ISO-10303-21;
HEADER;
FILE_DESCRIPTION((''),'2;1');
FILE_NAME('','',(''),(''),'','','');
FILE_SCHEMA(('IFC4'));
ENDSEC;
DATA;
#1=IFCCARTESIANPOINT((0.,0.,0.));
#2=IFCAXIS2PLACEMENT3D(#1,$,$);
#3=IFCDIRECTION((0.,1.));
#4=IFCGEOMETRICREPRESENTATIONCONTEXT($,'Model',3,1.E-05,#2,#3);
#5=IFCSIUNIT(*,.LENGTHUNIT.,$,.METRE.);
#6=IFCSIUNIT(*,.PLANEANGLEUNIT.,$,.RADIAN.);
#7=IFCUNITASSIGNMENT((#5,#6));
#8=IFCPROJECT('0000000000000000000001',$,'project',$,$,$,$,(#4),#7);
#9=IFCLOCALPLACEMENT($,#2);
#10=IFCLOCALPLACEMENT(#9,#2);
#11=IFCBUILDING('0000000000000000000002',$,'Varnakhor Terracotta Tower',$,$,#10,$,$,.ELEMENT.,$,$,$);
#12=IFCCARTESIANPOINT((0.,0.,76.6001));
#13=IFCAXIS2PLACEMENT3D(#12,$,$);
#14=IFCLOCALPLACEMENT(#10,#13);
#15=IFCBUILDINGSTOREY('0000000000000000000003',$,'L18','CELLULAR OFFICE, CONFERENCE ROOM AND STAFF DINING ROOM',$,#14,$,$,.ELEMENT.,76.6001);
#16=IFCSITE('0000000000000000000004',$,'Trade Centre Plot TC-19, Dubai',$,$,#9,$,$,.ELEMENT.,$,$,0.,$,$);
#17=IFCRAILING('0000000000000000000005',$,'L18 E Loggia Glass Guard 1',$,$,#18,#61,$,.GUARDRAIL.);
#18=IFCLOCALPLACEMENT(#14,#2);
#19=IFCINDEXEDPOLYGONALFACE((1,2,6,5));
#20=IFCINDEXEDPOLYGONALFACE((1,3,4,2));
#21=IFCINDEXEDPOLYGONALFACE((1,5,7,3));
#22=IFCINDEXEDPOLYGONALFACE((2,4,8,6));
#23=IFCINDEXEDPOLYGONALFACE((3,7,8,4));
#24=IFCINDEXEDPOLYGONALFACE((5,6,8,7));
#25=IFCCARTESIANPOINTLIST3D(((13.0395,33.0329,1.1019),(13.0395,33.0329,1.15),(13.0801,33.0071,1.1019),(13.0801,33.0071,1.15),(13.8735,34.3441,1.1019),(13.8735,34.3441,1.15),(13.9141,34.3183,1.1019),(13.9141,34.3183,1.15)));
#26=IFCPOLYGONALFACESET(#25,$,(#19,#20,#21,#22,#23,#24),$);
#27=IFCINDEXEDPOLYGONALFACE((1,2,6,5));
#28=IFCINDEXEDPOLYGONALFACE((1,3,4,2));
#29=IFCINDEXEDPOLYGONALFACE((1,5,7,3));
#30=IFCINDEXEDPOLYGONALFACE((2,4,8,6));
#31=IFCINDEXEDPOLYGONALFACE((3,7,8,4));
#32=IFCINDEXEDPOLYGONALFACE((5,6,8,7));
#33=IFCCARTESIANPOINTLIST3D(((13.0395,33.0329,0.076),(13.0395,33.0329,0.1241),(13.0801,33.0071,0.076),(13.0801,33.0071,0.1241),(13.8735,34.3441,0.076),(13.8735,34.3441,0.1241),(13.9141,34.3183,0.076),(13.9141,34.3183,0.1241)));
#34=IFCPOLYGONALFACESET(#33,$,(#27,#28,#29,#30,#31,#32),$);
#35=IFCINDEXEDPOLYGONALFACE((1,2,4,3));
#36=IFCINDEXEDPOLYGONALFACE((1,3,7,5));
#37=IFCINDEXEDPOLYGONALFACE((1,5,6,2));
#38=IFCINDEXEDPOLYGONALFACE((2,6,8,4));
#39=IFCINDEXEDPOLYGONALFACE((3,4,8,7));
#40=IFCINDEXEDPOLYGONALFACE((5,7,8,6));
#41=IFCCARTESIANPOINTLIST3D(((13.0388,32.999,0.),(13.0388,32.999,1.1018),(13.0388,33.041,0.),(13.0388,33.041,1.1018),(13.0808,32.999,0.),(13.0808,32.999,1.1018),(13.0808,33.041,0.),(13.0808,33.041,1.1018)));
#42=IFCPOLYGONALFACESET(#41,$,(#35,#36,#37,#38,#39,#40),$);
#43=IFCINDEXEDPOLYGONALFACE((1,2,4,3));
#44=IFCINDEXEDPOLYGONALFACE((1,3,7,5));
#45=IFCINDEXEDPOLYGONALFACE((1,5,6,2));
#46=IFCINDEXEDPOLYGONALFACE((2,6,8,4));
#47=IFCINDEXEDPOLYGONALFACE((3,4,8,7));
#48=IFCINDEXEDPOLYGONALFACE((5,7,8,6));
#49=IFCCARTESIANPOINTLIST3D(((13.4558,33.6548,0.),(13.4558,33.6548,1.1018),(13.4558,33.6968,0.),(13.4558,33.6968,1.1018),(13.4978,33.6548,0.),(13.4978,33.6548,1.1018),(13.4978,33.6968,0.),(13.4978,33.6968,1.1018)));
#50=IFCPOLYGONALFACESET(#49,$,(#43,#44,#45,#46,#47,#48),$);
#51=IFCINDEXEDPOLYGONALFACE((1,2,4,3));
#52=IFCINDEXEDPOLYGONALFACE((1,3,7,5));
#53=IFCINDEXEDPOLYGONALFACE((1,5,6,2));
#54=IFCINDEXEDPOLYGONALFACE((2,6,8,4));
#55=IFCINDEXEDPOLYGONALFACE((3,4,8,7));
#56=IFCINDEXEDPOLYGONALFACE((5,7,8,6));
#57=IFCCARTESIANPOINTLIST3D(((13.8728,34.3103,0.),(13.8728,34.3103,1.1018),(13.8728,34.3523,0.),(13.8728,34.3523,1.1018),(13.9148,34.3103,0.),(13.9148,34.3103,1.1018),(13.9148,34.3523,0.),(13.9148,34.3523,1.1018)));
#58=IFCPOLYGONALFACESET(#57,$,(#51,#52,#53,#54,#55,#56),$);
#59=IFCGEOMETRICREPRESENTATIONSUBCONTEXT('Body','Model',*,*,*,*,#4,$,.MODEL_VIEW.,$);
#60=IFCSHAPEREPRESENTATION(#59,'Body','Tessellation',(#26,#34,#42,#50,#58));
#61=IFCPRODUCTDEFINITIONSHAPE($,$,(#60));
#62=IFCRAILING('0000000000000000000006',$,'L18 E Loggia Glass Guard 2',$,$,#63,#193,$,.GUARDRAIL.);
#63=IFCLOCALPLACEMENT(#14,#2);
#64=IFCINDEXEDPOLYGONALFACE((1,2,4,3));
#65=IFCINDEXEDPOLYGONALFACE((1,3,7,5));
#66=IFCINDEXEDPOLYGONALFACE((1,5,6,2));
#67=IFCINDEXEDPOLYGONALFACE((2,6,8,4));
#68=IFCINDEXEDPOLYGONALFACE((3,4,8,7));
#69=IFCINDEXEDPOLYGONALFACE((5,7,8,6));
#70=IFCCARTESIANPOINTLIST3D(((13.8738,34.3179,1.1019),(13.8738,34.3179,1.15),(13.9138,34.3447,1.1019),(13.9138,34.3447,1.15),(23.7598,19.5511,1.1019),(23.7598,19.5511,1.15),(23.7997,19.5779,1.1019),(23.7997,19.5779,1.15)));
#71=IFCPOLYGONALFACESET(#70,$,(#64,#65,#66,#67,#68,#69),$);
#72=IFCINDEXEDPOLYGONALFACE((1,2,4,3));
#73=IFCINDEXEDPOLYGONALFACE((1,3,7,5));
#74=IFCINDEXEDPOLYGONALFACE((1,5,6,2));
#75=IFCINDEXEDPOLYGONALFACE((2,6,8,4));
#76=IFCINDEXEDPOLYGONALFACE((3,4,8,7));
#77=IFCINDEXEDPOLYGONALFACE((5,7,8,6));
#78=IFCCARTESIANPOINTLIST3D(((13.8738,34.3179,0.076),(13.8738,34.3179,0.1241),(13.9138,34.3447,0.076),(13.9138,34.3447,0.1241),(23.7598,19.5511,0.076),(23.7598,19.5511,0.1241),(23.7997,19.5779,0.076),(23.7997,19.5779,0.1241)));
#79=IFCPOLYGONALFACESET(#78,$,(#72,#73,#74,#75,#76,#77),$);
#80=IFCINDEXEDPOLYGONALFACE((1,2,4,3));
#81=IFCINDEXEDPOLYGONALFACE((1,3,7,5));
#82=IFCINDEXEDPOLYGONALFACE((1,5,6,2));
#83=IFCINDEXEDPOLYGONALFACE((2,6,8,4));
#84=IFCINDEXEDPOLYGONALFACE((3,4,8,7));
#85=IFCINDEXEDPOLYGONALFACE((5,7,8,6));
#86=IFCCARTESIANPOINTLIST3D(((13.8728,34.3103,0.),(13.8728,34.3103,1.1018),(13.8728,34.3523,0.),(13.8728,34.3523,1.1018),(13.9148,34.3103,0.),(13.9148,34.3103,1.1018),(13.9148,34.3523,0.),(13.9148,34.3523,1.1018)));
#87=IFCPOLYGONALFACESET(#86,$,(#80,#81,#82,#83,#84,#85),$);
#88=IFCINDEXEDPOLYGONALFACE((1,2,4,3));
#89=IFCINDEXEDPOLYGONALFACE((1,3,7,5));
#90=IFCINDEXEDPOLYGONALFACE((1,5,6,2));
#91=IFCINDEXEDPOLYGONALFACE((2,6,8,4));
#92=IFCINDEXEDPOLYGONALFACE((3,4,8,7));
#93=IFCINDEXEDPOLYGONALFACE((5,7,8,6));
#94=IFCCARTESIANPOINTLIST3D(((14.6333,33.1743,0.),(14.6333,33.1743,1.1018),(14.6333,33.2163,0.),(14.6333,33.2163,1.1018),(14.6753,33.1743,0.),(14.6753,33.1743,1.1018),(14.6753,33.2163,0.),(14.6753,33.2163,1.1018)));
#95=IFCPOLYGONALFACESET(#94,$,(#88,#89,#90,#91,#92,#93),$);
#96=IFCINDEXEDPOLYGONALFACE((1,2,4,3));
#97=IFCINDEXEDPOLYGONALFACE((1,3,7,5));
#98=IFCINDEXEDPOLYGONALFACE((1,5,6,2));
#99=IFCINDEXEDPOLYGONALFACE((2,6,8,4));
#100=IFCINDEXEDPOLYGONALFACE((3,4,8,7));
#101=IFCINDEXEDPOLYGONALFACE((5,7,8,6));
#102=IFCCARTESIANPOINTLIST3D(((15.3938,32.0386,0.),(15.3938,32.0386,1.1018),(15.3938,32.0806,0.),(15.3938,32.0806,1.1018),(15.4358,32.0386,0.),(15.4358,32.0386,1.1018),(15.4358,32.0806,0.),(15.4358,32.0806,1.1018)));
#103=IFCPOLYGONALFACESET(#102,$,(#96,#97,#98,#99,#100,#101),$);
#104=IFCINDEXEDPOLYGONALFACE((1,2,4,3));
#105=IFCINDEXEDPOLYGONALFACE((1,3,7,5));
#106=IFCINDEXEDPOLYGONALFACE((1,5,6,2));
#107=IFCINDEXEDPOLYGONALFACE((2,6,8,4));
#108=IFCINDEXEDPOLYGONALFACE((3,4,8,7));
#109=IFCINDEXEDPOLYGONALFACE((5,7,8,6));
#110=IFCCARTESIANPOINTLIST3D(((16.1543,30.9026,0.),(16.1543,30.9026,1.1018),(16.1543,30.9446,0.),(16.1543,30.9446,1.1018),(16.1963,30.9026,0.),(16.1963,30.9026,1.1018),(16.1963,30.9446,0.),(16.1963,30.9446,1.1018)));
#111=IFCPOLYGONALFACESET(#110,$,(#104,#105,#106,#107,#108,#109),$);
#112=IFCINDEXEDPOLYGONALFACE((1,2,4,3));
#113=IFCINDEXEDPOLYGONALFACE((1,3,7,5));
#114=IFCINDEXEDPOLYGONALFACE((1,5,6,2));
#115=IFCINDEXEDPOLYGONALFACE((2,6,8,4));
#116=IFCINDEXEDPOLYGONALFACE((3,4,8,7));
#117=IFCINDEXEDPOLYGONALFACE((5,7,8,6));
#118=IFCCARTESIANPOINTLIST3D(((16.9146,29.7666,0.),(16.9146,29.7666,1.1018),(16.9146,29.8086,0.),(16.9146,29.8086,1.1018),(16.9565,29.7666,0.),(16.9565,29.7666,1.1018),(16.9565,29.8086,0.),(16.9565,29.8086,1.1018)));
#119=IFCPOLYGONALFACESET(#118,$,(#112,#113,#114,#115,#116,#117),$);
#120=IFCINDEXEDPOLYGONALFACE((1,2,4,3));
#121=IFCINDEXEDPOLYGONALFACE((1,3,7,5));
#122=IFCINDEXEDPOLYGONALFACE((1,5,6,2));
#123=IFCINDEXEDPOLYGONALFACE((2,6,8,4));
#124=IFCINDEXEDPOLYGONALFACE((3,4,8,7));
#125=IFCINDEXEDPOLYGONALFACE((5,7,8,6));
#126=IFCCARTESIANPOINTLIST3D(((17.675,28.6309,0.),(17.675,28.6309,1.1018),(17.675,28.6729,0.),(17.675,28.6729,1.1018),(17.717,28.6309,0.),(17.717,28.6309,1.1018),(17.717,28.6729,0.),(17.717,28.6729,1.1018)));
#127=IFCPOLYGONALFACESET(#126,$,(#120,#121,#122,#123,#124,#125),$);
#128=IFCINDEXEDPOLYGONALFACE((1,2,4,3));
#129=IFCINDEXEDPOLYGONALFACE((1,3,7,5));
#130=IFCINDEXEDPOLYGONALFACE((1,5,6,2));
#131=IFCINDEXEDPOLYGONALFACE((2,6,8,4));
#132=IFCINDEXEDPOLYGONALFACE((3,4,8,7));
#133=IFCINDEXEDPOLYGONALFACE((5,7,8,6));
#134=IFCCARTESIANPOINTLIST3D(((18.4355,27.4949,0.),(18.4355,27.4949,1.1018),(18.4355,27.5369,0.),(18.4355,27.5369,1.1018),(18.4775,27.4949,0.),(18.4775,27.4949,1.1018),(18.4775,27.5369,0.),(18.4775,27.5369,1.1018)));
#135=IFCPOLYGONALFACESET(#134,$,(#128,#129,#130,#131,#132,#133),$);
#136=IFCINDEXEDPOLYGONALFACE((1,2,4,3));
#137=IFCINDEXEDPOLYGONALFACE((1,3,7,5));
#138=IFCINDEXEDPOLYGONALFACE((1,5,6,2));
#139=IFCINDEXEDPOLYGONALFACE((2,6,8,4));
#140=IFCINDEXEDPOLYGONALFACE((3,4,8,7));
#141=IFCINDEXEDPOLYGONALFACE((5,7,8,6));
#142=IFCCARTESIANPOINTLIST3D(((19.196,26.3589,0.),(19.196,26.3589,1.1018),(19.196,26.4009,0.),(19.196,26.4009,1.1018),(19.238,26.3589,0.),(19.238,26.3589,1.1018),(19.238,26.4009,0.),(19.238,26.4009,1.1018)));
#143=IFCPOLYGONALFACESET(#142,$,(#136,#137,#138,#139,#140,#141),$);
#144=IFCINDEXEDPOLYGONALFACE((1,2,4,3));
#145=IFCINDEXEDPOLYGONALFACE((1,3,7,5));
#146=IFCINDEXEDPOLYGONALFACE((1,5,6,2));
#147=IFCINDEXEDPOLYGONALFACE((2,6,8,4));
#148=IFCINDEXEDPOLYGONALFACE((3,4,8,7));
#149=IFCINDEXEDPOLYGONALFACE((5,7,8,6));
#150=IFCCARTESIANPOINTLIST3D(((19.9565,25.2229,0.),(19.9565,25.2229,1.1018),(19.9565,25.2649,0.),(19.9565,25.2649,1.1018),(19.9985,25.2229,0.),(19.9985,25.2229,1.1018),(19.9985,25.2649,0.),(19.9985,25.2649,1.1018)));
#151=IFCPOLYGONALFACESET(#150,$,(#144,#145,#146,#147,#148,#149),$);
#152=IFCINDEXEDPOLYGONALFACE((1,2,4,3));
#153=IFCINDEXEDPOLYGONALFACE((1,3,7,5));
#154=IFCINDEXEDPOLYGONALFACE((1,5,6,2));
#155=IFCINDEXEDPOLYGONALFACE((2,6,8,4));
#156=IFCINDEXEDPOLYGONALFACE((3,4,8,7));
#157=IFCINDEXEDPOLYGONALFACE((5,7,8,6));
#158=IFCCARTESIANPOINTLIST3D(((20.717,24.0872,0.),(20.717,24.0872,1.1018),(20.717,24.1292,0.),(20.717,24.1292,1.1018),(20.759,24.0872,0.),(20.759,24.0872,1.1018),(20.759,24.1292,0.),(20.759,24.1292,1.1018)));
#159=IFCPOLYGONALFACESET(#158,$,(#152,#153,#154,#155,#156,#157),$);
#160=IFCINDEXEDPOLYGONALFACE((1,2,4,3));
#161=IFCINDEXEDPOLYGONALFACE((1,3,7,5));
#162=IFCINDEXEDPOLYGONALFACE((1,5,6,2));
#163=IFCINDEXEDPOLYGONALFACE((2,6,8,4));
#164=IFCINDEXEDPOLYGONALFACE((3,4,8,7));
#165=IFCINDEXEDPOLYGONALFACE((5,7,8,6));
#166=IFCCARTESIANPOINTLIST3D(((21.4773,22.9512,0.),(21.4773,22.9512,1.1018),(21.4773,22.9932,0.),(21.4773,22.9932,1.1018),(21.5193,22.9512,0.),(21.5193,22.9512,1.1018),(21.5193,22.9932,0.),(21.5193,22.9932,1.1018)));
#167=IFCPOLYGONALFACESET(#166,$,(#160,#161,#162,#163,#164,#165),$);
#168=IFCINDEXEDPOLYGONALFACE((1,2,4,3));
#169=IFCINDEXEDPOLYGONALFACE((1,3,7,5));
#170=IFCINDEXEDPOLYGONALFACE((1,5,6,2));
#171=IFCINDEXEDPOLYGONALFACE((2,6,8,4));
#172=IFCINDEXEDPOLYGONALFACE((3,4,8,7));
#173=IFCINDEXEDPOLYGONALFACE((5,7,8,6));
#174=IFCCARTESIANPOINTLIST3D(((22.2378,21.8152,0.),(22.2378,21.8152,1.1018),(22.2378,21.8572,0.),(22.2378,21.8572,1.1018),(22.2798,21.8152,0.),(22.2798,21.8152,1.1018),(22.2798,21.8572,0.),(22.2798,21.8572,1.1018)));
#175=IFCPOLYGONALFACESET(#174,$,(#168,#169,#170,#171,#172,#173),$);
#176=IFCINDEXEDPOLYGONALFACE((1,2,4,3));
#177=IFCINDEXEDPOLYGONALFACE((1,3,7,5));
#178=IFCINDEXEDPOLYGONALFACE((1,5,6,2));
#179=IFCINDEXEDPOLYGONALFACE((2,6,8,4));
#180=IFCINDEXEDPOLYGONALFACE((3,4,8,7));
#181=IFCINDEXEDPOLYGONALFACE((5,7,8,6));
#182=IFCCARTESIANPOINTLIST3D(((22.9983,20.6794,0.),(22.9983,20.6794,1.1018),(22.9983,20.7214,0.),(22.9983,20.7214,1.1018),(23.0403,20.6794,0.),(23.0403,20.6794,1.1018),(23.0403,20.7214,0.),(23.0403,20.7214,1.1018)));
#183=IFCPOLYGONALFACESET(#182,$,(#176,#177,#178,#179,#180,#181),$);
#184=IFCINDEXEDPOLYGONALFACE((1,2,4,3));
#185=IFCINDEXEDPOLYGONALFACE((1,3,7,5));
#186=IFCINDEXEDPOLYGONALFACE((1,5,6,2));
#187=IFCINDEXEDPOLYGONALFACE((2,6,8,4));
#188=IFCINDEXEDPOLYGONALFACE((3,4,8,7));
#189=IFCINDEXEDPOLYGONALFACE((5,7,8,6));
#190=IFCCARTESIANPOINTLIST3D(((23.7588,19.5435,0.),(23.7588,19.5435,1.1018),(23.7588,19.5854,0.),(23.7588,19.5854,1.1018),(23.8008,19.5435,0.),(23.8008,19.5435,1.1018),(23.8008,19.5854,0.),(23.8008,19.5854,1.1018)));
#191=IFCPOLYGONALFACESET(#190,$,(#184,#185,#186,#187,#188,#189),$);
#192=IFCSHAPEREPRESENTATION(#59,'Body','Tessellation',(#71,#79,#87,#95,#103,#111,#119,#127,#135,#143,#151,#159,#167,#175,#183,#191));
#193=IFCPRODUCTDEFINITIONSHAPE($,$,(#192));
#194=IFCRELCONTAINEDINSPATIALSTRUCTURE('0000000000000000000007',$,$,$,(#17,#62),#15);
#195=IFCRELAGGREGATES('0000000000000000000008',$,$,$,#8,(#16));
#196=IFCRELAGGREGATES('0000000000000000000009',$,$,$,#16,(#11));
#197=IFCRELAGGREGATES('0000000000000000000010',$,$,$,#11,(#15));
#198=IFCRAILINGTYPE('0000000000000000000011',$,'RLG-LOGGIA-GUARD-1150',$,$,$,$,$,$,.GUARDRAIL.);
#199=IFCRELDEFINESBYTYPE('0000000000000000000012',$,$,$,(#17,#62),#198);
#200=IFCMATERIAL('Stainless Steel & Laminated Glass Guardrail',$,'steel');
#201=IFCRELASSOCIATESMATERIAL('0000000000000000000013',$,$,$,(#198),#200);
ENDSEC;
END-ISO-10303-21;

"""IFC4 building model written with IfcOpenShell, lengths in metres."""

from ifc_helpers import new_model, si_unit, direction, frame, origin, origin_2d, place, context, subcontext, project, spatial, rectangle, extrude, material, type_object, element, save


model = new_model("IFC4")

# Units and contexts
model_context = context("Model", 3, precision=1e-05, world=origin(), true_north=direction((0.0, 1.0)))
body_context = subcontext(model_context, "Body", "Model", "MODEL_VIEW")
ifc_project = project(units=[si_unit("LENGTHUNIT", "METRE"), si_unit("PLANEANGLEUNIT", "RADIAN")], contexts=[model_context])

# Site, building, storey
site_placement = place(None, origin())
site = spatial("IfcSite", under=ifc_project, at=site_placement, Name="Trade Centre Plot TC-19, Dubai", CompositionType="ELEMENT", RefElevation=0.0)
building_placement = place(site_placement, origin())
building = spatial("IfcBuilding", under=site, at=building_placement, Name="Varnakhor Terracotta Tower", CompositionType="ELEMENT")
storey_placement = place(building_placement, frame((0.0, 0.0, 76.6001)))
storey = spatial("IfcBuildingStorey", under=building, at=storey_placement, Name="L18", Description="CELLULAR OFFICE, CONFERENCE ROOM AND STAFF DINING ROOM", CompositionType="ELEMENT", Elevation=76.6001)

# Railings
ifc_material_1 = material(Name="Stainless Steel & Laminated Glass Guardrail", Category="steel")
railing_type = type_object("IfcRailingType", Name="RLG-LOGGIA-GUARD-1150", PredefinedType="GUARDRAIL", material=ifc_material_1)
railing_1_placement = place(storey_placement, frame((13.0598, 33.02, 0.0)))
element("IfcRailing", 1, at=railing_1_placement, inside=storey, type_object=railing_type, Name="L18 E Loggia Glass Guard 1", PredefinedType="GUARDRAIL", context=body_context, shape_type="SweptSolid", body=[
    extrude(rectangle(XDim=0.0481, YDim=0.0481, at=origin_2d()), frame((0.0, 0.0, 1.126), z_axis=(0.536662, 0.843797, 0.0), x_axis=(-0.843797, 0.536662, 0.0)), (0.0, 0.0, 1.0), 1.554),
    extrude(rectangle(XDim=0.0481, YDim=0.0481, at=origin_2d()), frame((0.0, 0.0, 0.1001), z_axis=(0.536662, 0.843797, 0.0), x_axis=(-0.843797, 0.536662, 0.0)), (0.0, 0.0, 1.0), 1.554),
    extrude(rectangle(XDim=0.042, YDim=0.042, at=origin_2d()), origin(), (0.0, 0.0, 1.0), 1.1018),
    extrude(rectangle(XDim=0.042, YDim=0.042, at=origin_2d()), frame((0.417, 0.6558, 0.0)), (0.0, 0.0, 1.0), 1.1018),
    extrude(rectangle(XDim=0.042, YDim=0.042, at=origin_2d()), frame((0.834, 1.3113, 0.0)), (0.0, 0.0, 1.0), 1.1018),
])
railing_2_placement = place(storey_placement, frame((13.8938, 34.3313, 0.0)))
element("IfcRailing", 2, at=railing_2_placement, inside=storey, type_object=railing_type, Name="L18 E Loggia Glass Guard 2", PredefinedType="GUARDRAIL", context=body_context, shape_type="SweptSolid", body=[
    extrude(rectangle(XDim=0.0481, YDim=0.0481, at=origin_2d()), frame((0.0, 0.0, 1.126), z_axis=(0.556313, -0.830973, 0.0), x_axis=(0.830973, 0.556313, 0.0)), (0.0, 0.0, 1.0), 17.7705),
    extrude(rectangle(XDim=0.0481, YDim=0.0481, at=origin_2d()), frame((0.0, 0.0, 0.1001), z_axis=(0.556313, -0.830973, 0.0), x_axis=(0.830973, 0.556313, 0.0)), (0.0, 0.0, 1.0), 17.7705),
    extrude(rectangle(XDim=0.042, YDim=0.042, at=origin_2d()), origin(), (0.0, 0.0, 1.0), 1.1018),
    extrude(rectangle(XDim=0.042, YDim=0.042, at=origin_2d()), frame((0.7605, -1.136, 0.0)), (0.0, 0.0, 1.0), 1.1018),
    extrude(rectangle(XDim=0.042, YDim=0.042, at=origin_2d()), frame((1.521, -2.2717, 0.0)), (0.0, 0.0, 1.0), 1.1018),
    extrude(rectangle(XDim=0.042, YDim=0.042, at=origin_2d()), frame((2.2815, -3.4077, 0.0)), (0.0, 0.0, 1.0), 1.1018),
    extrude(rectangle(XDim=0.042, YDim=0.042, at=origin_2d()), frame((3.0417, -4.5437, 0.0)), (0.0, 0.0, 1.0), 1.1018),
    extrude(rectangle(XDim=0.042, YDim=0.042, at=origin_2d()), frame((3.8022, -5.6794, 0.0)), (0.0, 0.0, 1.0), 1.1018),
    extrude(rectangle(XDim=0.042, YDim=0.042, at=origin_2d()), frame((4.5627, -6.8154, 0.0)), (0.0, 0.0, 1.0), 1.1018),
    extrude(rectangle(XDim=0.042, YDim=0.042, at=origin_2d()), frame((5.3232, -7.9514, 0.0)), (0.0, 0.0, 1.0), 1.1018),
    extrude(rectangle(XDim=0.042, YDim=0.042, at=origin_2d()), frame((6.0837, -9.0874, 0.0)), (0.0, 0.0, 1.0), 1.1018),
    extrude(rectangle(XDim=0.042, YDim=0.042, at=origin_2d()), frame((6.8442, -10.2231, 0.0)), (0.0, 0.0, 1.0), 1.1018),
    extrude(rectangle(XDim=0.042, YDim=0.042, at=origin_2d()), frame((7.6045, -11.3591, 0.0)), (0.0, 0.0, 1.0), 1.1018),
    extrude(rectangle(XDim=0.042, YDim=0.042, at=origin_2d()), frame((8.365, -12.4951, 0.0)), (0.0, 0.0, 1.0), 1.1018),
    extrude(rectangle(XDim=0.042, YDim=0.042, at=origin_2d()), frame((9.1255, -13.6309, 0.0)), (0.0, 0.0, 1.0), 1.1018),
    extrude(rectangle(XDim=0.042, YDim=0.042, at=origin_2d()), frame((9.886, -14.7668, 0.0)), (0.0, 0.0, 1.0), 1.1018),
])

save(model, "model.ifc")
